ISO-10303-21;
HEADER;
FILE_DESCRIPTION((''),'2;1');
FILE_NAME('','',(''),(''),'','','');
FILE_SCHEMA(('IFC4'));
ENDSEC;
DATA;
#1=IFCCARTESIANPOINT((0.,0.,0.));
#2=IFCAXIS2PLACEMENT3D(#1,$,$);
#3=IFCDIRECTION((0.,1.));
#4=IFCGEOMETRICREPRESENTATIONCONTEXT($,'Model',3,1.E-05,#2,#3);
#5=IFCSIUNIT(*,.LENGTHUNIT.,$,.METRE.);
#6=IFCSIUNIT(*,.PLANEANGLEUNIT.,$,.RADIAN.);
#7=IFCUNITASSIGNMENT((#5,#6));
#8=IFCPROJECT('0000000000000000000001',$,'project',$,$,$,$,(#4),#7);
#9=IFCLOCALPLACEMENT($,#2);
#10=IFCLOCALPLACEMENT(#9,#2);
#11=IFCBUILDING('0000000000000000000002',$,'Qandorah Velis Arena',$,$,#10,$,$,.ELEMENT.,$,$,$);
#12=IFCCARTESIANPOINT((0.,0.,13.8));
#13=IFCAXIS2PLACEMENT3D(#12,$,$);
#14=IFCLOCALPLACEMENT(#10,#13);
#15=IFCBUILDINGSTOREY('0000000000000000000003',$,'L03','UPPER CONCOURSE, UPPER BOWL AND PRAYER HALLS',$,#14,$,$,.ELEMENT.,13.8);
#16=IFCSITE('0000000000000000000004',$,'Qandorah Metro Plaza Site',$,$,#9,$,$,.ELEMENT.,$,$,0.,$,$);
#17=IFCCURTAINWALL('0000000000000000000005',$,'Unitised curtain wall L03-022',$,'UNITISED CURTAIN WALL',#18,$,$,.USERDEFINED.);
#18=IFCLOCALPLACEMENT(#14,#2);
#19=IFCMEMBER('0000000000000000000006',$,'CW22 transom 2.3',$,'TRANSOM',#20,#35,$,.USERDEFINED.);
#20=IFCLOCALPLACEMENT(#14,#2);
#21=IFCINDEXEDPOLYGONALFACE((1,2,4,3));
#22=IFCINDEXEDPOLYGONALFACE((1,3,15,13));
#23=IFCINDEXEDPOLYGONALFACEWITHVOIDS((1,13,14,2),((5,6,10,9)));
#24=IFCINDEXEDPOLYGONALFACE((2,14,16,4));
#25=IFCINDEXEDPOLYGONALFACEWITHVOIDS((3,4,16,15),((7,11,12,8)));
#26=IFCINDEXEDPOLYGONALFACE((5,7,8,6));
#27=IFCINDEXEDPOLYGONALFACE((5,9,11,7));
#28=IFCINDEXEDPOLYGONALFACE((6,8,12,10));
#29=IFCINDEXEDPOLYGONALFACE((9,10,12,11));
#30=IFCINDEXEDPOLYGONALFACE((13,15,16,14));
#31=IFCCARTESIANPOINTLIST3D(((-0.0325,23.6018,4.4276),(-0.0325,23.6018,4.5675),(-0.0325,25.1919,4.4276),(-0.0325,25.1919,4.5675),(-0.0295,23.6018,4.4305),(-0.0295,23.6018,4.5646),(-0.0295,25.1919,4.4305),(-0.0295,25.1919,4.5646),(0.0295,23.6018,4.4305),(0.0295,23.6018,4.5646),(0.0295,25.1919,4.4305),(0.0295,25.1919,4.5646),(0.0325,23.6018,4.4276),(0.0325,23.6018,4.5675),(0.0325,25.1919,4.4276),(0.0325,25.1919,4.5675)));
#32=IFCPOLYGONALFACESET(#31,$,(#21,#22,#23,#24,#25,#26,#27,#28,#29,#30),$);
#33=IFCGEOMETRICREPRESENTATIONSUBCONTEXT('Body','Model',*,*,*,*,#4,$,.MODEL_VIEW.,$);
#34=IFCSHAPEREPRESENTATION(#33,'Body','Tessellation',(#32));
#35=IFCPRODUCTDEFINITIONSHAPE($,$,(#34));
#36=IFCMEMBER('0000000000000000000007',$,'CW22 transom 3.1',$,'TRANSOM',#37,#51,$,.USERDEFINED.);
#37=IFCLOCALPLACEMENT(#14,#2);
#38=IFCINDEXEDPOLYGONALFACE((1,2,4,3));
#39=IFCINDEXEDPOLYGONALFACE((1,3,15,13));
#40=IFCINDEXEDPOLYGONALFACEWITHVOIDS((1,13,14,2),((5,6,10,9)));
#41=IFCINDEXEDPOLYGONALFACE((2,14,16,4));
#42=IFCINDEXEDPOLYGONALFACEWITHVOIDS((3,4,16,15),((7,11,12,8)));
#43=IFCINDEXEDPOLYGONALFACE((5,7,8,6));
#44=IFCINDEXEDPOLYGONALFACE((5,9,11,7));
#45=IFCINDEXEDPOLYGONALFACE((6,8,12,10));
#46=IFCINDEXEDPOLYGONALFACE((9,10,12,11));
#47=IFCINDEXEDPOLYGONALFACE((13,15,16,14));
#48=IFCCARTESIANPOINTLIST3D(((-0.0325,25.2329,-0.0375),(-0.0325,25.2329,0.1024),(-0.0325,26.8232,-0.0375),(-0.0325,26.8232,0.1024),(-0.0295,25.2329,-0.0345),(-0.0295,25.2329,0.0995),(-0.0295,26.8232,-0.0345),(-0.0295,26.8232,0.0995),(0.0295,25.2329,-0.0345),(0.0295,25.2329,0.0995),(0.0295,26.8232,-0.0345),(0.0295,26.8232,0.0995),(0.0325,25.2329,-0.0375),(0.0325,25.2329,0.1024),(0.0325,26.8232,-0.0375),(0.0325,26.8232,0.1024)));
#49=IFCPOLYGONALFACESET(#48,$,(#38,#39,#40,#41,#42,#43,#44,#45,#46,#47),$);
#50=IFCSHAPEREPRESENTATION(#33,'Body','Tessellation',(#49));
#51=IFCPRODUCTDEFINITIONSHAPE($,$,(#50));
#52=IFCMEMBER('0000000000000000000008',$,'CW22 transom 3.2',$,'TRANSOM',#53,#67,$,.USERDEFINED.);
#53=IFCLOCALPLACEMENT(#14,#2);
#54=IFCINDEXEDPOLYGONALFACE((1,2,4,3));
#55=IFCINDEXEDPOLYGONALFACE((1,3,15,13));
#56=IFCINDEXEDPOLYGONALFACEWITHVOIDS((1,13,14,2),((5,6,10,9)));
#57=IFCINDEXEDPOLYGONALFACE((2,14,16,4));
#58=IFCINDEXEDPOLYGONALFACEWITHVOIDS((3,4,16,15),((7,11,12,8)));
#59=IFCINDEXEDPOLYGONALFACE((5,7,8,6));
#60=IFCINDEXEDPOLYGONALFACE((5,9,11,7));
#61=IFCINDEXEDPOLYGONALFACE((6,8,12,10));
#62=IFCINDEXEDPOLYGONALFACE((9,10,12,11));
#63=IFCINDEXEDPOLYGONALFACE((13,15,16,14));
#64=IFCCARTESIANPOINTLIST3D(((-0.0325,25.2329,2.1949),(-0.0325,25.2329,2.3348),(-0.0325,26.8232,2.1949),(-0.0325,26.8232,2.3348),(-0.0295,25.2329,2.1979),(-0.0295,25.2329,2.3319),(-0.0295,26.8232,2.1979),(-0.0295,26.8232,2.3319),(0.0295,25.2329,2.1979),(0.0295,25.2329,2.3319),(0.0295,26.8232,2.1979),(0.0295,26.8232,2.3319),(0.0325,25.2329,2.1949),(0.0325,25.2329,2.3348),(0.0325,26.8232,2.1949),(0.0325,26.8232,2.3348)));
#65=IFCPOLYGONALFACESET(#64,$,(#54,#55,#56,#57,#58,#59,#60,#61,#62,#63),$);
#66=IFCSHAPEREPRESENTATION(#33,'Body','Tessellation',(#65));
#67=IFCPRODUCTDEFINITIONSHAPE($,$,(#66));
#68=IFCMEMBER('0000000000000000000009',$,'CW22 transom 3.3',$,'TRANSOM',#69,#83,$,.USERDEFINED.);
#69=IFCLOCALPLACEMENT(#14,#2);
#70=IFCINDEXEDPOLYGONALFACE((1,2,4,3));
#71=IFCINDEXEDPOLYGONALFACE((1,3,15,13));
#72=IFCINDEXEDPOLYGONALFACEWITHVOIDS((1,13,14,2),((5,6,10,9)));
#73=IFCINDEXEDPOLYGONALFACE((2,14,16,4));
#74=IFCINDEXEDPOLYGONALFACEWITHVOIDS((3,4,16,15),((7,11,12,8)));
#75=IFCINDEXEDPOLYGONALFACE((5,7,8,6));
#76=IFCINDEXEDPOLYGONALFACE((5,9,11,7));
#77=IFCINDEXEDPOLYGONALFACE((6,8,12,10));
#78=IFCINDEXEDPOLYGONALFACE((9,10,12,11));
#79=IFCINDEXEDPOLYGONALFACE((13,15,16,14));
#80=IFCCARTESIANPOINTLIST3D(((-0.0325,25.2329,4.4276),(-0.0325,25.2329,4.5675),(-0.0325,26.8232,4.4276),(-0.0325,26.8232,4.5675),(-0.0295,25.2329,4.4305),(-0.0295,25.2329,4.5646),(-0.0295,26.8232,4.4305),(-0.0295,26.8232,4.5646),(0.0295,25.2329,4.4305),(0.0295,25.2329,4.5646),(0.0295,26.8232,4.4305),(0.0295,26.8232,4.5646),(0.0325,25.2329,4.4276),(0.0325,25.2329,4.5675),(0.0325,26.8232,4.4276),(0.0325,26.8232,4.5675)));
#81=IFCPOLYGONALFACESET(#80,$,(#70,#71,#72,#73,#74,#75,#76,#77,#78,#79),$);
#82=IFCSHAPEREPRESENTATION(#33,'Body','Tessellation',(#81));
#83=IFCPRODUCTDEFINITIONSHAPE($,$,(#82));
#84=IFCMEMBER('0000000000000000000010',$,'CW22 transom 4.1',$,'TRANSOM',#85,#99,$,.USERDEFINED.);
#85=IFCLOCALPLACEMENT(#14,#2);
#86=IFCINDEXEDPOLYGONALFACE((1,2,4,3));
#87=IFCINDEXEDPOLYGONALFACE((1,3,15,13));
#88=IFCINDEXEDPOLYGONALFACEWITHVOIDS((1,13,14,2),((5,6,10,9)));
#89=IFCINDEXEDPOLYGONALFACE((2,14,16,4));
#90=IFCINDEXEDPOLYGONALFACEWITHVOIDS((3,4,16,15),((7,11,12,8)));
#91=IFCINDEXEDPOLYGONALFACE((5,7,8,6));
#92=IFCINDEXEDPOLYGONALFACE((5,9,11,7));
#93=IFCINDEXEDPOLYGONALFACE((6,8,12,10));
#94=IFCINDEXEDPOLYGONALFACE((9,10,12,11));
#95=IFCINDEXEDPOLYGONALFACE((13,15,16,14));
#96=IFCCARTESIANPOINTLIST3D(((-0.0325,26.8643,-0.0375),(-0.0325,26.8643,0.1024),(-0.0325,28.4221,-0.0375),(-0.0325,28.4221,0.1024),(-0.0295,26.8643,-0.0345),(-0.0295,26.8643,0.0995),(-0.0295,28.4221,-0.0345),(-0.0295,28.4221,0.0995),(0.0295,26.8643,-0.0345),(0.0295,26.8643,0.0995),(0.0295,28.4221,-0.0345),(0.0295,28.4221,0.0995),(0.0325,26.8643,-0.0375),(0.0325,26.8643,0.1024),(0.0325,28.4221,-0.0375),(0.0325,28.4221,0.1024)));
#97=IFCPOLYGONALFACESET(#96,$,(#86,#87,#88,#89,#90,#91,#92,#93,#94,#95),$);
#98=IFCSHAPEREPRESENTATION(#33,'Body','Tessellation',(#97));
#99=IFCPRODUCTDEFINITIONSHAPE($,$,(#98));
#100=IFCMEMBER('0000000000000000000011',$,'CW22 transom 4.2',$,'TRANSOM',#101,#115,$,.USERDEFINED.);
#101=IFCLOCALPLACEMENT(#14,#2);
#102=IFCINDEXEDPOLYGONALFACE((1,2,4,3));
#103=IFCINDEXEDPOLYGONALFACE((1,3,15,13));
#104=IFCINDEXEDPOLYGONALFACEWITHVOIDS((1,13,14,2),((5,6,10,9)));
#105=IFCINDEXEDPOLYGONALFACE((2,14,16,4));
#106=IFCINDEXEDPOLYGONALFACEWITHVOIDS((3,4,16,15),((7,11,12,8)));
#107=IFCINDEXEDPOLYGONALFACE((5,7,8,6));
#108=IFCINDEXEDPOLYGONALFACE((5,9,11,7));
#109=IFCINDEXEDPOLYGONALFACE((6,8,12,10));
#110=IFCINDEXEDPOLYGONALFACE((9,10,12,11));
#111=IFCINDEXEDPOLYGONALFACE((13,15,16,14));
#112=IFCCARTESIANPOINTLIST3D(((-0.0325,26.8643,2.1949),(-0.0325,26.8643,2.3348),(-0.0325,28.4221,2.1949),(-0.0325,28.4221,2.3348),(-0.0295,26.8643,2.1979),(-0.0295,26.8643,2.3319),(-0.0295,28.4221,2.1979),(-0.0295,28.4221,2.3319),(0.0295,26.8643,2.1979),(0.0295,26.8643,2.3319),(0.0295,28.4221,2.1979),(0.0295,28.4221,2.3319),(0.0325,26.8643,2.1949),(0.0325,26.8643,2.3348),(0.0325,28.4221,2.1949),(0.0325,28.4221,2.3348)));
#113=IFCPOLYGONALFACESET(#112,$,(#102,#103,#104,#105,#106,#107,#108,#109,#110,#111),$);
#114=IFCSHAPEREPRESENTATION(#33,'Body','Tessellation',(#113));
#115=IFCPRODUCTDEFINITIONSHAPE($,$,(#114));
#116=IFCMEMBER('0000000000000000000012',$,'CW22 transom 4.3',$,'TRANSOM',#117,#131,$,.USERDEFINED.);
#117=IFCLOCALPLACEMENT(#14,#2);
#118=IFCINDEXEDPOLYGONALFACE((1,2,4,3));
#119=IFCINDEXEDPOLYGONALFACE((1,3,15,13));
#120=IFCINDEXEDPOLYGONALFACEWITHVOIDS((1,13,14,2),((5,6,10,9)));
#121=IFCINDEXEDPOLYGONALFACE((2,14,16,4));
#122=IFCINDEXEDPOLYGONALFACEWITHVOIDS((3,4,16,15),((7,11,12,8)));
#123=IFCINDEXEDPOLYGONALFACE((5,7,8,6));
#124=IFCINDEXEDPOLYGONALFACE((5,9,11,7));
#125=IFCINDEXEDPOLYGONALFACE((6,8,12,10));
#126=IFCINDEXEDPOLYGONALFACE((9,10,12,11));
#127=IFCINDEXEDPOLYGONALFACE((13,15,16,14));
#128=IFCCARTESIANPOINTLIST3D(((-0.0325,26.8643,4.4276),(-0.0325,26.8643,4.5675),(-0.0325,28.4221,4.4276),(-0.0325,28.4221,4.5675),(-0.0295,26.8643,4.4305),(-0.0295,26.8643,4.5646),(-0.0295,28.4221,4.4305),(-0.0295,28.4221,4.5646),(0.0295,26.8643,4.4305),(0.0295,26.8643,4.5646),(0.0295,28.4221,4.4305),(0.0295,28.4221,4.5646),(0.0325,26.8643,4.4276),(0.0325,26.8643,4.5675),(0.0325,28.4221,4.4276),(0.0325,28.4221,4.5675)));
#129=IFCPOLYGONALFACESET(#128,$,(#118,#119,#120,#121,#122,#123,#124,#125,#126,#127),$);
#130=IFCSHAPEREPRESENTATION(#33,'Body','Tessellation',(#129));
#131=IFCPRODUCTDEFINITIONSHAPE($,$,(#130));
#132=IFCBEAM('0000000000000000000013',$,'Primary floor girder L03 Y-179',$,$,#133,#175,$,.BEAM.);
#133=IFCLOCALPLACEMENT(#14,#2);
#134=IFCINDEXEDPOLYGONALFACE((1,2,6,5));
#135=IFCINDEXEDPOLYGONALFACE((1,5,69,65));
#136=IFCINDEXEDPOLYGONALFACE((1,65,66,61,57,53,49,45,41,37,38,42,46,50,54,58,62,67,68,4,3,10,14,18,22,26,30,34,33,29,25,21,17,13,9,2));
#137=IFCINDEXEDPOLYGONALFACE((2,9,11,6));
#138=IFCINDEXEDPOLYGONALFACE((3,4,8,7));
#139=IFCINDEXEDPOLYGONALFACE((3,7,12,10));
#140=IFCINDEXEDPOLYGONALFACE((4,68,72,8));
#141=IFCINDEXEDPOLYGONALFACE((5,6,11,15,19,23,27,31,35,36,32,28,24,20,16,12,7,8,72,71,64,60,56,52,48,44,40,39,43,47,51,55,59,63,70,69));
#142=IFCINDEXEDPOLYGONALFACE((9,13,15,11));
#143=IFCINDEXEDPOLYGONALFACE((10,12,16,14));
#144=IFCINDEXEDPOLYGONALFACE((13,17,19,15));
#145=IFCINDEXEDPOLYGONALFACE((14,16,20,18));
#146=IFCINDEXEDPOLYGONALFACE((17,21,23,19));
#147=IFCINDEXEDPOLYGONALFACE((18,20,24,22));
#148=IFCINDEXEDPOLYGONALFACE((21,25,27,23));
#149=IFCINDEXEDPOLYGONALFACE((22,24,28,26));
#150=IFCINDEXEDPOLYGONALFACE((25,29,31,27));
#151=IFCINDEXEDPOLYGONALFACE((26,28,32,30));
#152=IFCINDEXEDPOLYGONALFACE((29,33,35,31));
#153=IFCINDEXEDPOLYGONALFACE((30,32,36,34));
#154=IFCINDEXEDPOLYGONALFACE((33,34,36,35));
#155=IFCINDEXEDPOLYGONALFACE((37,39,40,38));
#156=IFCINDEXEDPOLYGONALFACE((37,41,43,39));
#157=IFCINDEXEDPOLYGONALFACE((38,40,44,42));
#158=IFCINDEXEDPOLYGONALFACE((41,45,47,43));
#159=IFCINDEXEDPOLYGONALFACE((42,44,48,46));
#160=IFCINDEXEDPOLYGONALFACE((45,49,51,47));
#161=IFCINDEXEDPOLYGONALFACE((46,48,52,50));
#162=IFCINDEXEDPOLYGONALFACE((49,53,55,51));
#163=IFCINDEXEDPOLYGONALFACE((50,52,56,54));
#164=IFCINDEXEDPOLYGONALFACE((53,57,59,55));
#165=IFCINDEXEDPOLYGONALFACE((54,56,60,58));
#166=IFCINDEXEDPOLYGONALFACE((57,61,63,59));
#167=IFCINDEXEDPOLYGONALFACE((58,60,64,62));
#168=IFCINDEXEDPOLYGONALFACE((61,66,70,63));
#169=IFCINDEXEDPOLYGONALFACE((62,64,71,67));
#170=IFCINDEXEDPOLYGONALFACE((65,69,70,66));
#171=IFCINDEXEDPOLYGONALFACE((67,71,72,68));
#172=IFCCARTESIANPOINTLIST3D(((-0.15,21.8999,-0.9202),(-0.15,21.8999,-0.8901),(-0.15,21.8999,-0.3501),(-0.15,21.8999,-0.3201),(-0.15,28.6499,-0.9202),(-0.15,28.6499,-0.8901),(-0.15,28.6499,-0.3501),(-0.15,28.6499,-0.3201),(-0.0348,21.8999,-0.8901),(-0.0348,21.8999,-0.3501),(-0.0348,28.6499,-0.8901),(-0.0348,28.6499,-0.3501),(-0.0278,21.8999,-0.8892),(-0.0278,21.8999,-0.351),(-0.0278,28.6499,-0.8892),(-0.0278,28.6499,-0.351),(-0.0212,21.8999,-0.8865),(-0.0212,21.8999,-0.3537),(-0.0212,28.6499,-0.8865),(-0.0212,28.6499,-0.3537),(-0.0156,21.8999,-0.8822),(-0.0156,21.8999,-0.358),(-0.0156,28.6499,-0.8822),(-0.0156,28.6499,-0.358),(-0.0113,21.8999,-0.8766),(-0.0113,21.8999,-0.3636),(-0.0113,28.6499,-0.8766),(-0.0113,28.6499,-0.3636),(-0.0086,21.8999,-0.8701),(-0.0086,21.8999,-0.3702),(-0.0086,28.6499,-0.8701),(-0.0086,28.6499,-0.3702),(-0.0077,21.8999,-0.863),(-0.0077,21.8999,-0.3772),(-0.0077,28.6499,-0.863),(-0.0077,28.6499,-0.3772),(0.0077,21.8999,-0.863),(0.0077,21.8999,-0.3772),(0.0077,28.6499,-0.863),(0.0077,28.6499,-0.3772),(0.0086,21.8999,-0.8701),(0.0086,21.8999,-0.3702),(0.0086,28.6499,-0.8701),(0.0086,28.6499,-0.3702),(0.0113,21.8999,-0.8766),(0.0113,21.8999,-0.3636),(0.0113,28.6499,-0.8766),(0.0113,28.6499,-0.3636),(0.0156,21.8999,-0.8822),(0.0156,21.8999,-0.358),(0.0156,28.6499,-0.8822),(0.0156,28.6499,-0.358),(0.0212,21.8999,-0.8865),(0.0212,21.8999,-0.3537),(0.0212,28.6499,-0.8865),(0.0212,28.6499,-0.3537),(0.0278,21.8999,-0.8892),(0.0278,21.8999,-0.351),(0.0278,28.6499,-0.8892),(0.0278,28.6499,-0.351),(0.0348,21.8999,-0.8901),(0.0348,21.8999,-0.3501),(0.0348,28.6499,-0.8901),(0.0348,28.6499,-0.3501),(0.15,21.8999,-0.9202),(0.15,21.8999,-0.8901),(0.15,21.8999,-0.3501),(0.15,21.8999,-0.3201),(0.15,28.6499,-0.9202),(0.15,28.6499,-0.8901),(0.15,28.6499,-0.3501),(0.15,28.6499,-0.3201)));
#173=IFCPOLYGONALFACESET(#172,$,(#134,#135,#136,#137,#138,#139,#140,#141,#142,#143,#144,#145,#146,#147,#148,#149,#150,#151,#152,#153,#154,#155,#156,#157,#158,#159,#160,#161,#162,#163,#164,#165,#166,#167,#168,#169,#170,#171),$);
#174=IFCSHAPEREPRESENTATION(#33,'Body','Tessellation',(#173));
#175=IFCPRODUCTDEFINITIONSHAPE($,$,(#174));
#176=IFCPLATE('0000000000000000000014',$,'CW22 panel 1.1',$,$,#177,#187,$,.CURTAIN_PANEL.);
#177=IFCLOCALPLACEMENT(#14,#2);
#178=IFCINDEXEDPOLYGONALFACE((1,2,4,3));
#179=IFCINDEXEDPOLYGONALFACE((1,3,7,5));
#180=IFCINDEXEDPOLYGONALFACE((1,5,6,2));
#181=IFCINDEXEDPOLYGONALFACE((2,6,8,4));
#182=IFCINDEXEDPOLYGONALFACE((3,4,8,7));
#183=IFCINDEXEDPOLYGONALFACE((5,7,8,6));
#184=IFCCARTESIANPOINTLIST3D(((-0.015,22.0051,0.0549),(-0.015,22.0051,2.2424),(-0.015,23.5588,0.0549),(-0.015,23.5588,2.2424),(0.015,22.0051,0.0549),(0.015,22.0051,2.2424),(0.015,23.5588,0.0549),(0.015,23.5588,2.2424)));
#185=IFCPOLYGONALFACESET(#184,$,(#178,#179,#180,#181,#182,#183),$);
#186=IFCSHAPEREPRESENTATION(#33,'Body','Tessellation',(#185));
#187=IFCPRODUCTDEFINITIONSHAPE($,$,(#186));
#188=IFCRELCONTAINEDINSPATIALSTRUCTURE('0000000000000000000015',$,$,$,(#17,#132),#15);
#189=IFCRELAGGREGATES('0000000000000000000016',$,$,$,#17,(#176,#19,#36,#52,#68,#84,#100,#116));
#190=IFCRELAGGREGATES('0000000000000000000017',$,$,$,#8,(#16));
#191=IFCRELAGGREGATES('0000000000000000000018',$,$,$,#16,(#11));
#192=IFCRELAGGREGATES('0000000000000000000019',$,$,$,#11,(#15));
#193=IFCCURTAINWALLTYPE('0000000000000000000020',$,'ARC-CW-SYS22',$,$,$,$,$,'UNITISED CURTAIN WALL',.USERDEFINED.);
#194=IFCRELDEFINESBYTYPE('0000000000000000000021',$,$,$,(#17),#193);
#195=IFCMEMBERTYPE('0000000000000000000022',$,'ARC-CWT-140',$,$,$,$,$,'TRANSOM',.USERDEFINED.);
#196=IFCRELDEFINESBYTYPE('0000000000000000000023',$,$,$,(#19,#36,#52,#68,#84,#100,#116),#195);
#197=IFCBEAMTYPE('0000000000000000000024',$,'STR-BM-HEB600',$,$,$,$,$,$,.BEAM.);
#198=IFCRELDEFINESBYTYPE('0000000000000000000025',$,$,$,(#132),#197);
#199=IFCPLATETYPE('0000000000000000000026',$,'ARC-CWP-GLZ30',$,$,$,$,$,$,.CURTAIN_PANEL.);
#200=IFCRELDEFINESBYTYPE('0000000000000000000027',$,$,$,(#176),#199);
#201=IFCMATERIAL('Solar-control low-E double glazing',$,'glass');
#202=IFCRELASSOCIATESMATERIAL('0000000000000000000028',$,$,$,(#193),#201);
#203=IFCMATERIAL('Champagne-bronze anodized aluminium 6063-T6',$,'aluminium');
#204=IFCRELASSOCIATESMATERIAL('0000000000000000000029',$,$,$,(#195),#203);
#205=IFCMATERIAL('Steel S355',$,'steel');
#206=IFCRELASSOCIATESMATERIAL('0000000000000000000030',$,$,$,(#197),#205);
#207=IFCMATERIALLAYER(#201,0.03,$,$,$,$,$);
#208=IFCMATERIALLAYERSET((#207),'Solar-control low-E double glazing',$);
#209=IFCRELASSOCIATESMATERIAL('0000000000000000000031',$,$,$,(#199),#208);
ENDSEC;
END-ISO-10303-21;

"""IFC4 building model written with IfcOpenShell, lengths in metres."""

from ifc_helpers import new_model, si_unit, direction, frame, origin, origin_2d, place, context, subcontext, project, spatial, rectangle, hollow_rectangle, i_section, extrude, material, layer, layer_set, material_profile, profile_set, type_object, element, aggregate, save


model = new_model("IFC4")

# Units and contexts
model_context = context("Model", 3, precision=1e-05, world=origin(), true_north=direction((0.0, 1.0)))
body_context = subcontext(model_context, "Body", "Model", "MODEL_VIEW")
ifc_project = project(units=[si_unit("LENGTHUNIT", "METRE"), si_unit("PLANEANGLEUNIT", "RADIAN")], contexts=[model_context])

# Site, building, storey
site_placement = place(None, origin())
site = spatial("IfcSite", under=ifc_project, at=site_placement, Name="Qandorah Metro Plaza Site", CompositionType="ELEMENT", RefElevation=0.0)
building_placement = place(site_placement, origin())
building = spatial("IfcBuilding", under=site, at=building_placement, Name="Qandorah Velis Arena", CompositionType="ELEMENT")
storey_placement = place(building_placement, frame((0.0, 0.0, 13.8)))
storey = spatial("IfcBuildingStorey", under=building, at=storey_placement, Name="L03", Description="UPPER CONCOURSE, UPPER BOWL AND PRAYER HALLS", CompositionType="ELEMENT", Elevation=13.8)

# Curtain wall
ifc_material_1 = material(Name="Solar-control low-E double glazing", Category="glass")
curtain_wall_type_1 = type_object("IfcCurtainWallType", Name="ARC-CW-SYS22", ElementType="UNITISED CURTAIN WALL", PredefinedType="USERDEFINED", material=ifc_material_1)
curtain_wall_1_placement = place(storey_placement, origin())
curtain_wall_1 = element("IfcCurtainWall", 1, at=curtain_wall_1_placement, inside=storey, type_object=curtain_wall_type_1, Name="Unitised curtain wall L03-022", ObjectType="UNITISED CURTAIN WALL", PredefinedType="USERDEFINED")
ifc_material_2 = material(Name="Champagne-bronze anodized aluminium 6063-T6", Category="aluminium")

# Members
ifc_material_profile_1 = material_profile(ifc_material_2, hollow_rectangle(XDim=0.0649, YDim=0.1399, WallThickness=0.0029, at=origin_2d()), Name="ALU TRANSOM 65x140")
ifc_profile_set_1 = profile_set([ifc_material_profile_1], Name="Champagne-bronze anodized aluminium 6063-T6")
member_type_1 = type_object("IfcMemberType", Name="ARC-CWT-140", ElementType="TRANSOM", PredefinedType="USERDEFINED", material=ifc_profile_set_1)
member_1_placement = place(storey_placement, frame((0.0, 23.6018, 4.4976), z_axis=(0.0, 1.0, 0.0), x_axis=(-1.0, 0.0, 0.0)))
member_1 = element("IfcMember", 2, at=member_1_placement, type_object=member_type_1, Name="CW22 transom 2.3", ObjectType="TRANSOM", PredefinedType="USERDEFINED", context=body_context, shape_type="SweptSolid", body=[
    extrude(hollow_rectangle(XDim=0.0649, YDim=0.1399, WallThickness=0.0029, at=origin_2d()), origin(), (0.0, 0.0, 1.0), 1.5901),
])
member_2_placement = place(storey_placement, frame((0.0, 25.2329, 0.0325), z_axis=(0.0, 1.0, 0.0), x_axis=(-1.0, 0.0, 0.0)))
member_2 = element("IfcMember", 3, at=member_2_placement, type_object=member_type_1, Name="CW22 transom 3.1", ObjectType="TRANSOM", PredefinedType="USERDEFINED", context=body_context, shape_type="SweptSolid", body=[
    extrude(hollow_rectangle(XDim=0.0649, YDim=0.1399, WallThickness=0.0029, at=origin_2d()), origin(), (0.0, 0.0, 1.0), 1.5903),
])
member_3_placement = place(storey_placement, frame((0.0, 25.2329, 2.2649), z_axis=(0.0, 1.0, 0.0), x_axis=(-1.0, 0.0, 0.0)))
member_3 = element("IfcMember", 4, at=member_3_placement, type_object=member_type_1, Name="CW22 transom 3.2", ObjectType="TRANSOM", PredefinedType="USERDEFINED", context=body_context, shape_type="SweptSolid", body=[
    extrude(hollow_rectangle(XDim=0.0649, YDim=0.1399, WallThickness=0.0029, at=origin_2d()), origin(), (0.0, 0.0, 1.0), 1.5903),
])
member_4_placement = place(storey_placement, frame((0.0, 25.2329, 4.4976), z_axis=(0.0, 1.0, 0.0), x_axis=(-1.0, 0.0, 0.0)))
member_4 = element("IfcMember", 5, at=member_4_placement, type_object=member_type_1, Name="CW22 transom 3.3", ObjectType="TRANSOM", PredefinedType="USERDEFINED", context=body_context, shape_type="SweptSolid", body=[
    extrude(hollow_rectangle(XDim=0.0649, YDim=0.1399, WallThickness=0.0029, at=origin_2d()), origin(), (0.0, 0.0, 1.0), 1.5903),
])
member_5_placement = place(storey_placement, frame((0.0, 26.8643, 0.0325), z_axis=(0.0, 1.0, 0.0), x_axis=(-1.0, 0.0, 0.0)))
member_5 = element("IfcMember", 6, at=member_5_placement, type_object=member_type_1, Name="CW22 transom 4.1", ObjectType="TRANSOM", PredefinedType="USERDEFINED", context=body_context, shape_type="SweptSolid", body=[
    extrude(hollow_rectangle(XDim=0.0649, YDim=0.1399, WallThickness=0.0029, at=origin_2d()), origin(), (0.0, 0.0, 1.0), 1.5579),
])
member_6_placement = place(storey_placement, frame((0.0, 26.8643, 2.2649), z_axis=(0.0, 1.0, 0.0), x_axis=(-1.0, 0.0, 0.0)))
member_6 = element("IfcMember", 7, at=member_6_placement, type_object=member_type_1, Name="CW22 transom 4.2", ObjectType="TRANSOM", PredefinedType="USERDEFINED", context=body_context, shape_type="SweptSolid", body=[
    extrude(hollow_rectangle(XDim=0.0649, YDim=0.1399, WallThickness=0.0029, at=origin_2d()), origin(), (0.0, 0.0, 1.0), 1.5579),
])
member_7_placement = place(storey_placement, frame((0.0, 26.8643, 4.4976), z_axis=(0.0, 1.0, 0.0), x_axis=(-1.0, 0.0, 0.0)))
member_7 = element("IfcMember", 8, at=member_7_placement, type_object=member_type_1, Name="CW22 transom 4.3", ObjectType="TRANSOM", PredefinedType="USERDEFINED", context=body_context, shape_type="SweptSolid", body=[
    extrude(hollow_rectangle(XDim=0.0649, YDim=0.1399, WallThickness=0.0029, at=origin_2d()), origin(), (0.0, 0.0, 1.0), 1.5579),
])

# Beam
ifc_material_3 = material(Name="Steel S355", Category="steel")
ifc_material_profile_2 = material_profile(ifc_material_3, i_section(OverallWidth=0.3, OverallDepth=0.6001, WebThickness=0.0154, FlangeThickness=0.03, FilletRadius=0.0271, at=origin_2d()), Name="HEB 600")
ifc_profile_set_2 = profile_set([ifc_material_profile_2], Name="Steel S355")
beam_type = type_object("IfcBeamType", Name="STR-BM-HEB600", PredefinedType="BEAM", material=ifc_profile_set_2)
beam_placement = place(storey_placement, frame((0.0, 21.8999, -0.6201), z_axis=(0.0, 1.0, 0.0), x_axis=(-1.0, 0.0, 0.0)))
element("IfcBeam", 9, at=beam_placement, inside=storey, type_object=beam_type, Name="Primary floor girder L03 Y-179", PredefinedType="BEAM", context=body_context, shape_type="SweptSolid", body=[
    extrude(i_section(OverallWidth=0.3, OverallDepth=0.6001, WebThickness=0.0154, FlangeThickness=0.03, FilletRadius=0.0271, at=origin_2d()), origin(), (0.0, 0.0, 1.0), 6.75),
])

# Plate
ifc_layer_1 = layer(ifc_material_1, 0.03)
ifc_layer_set_1 = layer_set([ifc_layer_1], Name="Solar-control low-E double glazing")
plate_type_1 = type_object("IfcPlateType", Name="ARC-CWP-GLZ30", PredefinedType="CURTAIN_PANEL", material=ifc_layer_set_1)
plate_1_placement = place(storey_placement, frame((0.0, 22.782, 0.0549), z_axis=(0.0, 0.0, 1.0), x_axis=(0.0, 1.0, 0.0)))
plate_1 = element("IfcPlate", 10, at=plate_1_placement, type_object=plate_type_1, Name="CW22 panel 1.1", PredefinedType="CURTAIN_PANEL", context=body_context, shape_type="SweptSolid", body=[
    extrude(rectangle(XDim=1.5537, YDim=0.03, at=origin_2d()), origin(), (0.0, 0.0, 1.0), 2.1875),
])
aggregate(curtain_wall_1, [plate_1, member_1, member_2, member_3, member_4, member_5, member_6, member_7])

save(model, "model.ifc")
